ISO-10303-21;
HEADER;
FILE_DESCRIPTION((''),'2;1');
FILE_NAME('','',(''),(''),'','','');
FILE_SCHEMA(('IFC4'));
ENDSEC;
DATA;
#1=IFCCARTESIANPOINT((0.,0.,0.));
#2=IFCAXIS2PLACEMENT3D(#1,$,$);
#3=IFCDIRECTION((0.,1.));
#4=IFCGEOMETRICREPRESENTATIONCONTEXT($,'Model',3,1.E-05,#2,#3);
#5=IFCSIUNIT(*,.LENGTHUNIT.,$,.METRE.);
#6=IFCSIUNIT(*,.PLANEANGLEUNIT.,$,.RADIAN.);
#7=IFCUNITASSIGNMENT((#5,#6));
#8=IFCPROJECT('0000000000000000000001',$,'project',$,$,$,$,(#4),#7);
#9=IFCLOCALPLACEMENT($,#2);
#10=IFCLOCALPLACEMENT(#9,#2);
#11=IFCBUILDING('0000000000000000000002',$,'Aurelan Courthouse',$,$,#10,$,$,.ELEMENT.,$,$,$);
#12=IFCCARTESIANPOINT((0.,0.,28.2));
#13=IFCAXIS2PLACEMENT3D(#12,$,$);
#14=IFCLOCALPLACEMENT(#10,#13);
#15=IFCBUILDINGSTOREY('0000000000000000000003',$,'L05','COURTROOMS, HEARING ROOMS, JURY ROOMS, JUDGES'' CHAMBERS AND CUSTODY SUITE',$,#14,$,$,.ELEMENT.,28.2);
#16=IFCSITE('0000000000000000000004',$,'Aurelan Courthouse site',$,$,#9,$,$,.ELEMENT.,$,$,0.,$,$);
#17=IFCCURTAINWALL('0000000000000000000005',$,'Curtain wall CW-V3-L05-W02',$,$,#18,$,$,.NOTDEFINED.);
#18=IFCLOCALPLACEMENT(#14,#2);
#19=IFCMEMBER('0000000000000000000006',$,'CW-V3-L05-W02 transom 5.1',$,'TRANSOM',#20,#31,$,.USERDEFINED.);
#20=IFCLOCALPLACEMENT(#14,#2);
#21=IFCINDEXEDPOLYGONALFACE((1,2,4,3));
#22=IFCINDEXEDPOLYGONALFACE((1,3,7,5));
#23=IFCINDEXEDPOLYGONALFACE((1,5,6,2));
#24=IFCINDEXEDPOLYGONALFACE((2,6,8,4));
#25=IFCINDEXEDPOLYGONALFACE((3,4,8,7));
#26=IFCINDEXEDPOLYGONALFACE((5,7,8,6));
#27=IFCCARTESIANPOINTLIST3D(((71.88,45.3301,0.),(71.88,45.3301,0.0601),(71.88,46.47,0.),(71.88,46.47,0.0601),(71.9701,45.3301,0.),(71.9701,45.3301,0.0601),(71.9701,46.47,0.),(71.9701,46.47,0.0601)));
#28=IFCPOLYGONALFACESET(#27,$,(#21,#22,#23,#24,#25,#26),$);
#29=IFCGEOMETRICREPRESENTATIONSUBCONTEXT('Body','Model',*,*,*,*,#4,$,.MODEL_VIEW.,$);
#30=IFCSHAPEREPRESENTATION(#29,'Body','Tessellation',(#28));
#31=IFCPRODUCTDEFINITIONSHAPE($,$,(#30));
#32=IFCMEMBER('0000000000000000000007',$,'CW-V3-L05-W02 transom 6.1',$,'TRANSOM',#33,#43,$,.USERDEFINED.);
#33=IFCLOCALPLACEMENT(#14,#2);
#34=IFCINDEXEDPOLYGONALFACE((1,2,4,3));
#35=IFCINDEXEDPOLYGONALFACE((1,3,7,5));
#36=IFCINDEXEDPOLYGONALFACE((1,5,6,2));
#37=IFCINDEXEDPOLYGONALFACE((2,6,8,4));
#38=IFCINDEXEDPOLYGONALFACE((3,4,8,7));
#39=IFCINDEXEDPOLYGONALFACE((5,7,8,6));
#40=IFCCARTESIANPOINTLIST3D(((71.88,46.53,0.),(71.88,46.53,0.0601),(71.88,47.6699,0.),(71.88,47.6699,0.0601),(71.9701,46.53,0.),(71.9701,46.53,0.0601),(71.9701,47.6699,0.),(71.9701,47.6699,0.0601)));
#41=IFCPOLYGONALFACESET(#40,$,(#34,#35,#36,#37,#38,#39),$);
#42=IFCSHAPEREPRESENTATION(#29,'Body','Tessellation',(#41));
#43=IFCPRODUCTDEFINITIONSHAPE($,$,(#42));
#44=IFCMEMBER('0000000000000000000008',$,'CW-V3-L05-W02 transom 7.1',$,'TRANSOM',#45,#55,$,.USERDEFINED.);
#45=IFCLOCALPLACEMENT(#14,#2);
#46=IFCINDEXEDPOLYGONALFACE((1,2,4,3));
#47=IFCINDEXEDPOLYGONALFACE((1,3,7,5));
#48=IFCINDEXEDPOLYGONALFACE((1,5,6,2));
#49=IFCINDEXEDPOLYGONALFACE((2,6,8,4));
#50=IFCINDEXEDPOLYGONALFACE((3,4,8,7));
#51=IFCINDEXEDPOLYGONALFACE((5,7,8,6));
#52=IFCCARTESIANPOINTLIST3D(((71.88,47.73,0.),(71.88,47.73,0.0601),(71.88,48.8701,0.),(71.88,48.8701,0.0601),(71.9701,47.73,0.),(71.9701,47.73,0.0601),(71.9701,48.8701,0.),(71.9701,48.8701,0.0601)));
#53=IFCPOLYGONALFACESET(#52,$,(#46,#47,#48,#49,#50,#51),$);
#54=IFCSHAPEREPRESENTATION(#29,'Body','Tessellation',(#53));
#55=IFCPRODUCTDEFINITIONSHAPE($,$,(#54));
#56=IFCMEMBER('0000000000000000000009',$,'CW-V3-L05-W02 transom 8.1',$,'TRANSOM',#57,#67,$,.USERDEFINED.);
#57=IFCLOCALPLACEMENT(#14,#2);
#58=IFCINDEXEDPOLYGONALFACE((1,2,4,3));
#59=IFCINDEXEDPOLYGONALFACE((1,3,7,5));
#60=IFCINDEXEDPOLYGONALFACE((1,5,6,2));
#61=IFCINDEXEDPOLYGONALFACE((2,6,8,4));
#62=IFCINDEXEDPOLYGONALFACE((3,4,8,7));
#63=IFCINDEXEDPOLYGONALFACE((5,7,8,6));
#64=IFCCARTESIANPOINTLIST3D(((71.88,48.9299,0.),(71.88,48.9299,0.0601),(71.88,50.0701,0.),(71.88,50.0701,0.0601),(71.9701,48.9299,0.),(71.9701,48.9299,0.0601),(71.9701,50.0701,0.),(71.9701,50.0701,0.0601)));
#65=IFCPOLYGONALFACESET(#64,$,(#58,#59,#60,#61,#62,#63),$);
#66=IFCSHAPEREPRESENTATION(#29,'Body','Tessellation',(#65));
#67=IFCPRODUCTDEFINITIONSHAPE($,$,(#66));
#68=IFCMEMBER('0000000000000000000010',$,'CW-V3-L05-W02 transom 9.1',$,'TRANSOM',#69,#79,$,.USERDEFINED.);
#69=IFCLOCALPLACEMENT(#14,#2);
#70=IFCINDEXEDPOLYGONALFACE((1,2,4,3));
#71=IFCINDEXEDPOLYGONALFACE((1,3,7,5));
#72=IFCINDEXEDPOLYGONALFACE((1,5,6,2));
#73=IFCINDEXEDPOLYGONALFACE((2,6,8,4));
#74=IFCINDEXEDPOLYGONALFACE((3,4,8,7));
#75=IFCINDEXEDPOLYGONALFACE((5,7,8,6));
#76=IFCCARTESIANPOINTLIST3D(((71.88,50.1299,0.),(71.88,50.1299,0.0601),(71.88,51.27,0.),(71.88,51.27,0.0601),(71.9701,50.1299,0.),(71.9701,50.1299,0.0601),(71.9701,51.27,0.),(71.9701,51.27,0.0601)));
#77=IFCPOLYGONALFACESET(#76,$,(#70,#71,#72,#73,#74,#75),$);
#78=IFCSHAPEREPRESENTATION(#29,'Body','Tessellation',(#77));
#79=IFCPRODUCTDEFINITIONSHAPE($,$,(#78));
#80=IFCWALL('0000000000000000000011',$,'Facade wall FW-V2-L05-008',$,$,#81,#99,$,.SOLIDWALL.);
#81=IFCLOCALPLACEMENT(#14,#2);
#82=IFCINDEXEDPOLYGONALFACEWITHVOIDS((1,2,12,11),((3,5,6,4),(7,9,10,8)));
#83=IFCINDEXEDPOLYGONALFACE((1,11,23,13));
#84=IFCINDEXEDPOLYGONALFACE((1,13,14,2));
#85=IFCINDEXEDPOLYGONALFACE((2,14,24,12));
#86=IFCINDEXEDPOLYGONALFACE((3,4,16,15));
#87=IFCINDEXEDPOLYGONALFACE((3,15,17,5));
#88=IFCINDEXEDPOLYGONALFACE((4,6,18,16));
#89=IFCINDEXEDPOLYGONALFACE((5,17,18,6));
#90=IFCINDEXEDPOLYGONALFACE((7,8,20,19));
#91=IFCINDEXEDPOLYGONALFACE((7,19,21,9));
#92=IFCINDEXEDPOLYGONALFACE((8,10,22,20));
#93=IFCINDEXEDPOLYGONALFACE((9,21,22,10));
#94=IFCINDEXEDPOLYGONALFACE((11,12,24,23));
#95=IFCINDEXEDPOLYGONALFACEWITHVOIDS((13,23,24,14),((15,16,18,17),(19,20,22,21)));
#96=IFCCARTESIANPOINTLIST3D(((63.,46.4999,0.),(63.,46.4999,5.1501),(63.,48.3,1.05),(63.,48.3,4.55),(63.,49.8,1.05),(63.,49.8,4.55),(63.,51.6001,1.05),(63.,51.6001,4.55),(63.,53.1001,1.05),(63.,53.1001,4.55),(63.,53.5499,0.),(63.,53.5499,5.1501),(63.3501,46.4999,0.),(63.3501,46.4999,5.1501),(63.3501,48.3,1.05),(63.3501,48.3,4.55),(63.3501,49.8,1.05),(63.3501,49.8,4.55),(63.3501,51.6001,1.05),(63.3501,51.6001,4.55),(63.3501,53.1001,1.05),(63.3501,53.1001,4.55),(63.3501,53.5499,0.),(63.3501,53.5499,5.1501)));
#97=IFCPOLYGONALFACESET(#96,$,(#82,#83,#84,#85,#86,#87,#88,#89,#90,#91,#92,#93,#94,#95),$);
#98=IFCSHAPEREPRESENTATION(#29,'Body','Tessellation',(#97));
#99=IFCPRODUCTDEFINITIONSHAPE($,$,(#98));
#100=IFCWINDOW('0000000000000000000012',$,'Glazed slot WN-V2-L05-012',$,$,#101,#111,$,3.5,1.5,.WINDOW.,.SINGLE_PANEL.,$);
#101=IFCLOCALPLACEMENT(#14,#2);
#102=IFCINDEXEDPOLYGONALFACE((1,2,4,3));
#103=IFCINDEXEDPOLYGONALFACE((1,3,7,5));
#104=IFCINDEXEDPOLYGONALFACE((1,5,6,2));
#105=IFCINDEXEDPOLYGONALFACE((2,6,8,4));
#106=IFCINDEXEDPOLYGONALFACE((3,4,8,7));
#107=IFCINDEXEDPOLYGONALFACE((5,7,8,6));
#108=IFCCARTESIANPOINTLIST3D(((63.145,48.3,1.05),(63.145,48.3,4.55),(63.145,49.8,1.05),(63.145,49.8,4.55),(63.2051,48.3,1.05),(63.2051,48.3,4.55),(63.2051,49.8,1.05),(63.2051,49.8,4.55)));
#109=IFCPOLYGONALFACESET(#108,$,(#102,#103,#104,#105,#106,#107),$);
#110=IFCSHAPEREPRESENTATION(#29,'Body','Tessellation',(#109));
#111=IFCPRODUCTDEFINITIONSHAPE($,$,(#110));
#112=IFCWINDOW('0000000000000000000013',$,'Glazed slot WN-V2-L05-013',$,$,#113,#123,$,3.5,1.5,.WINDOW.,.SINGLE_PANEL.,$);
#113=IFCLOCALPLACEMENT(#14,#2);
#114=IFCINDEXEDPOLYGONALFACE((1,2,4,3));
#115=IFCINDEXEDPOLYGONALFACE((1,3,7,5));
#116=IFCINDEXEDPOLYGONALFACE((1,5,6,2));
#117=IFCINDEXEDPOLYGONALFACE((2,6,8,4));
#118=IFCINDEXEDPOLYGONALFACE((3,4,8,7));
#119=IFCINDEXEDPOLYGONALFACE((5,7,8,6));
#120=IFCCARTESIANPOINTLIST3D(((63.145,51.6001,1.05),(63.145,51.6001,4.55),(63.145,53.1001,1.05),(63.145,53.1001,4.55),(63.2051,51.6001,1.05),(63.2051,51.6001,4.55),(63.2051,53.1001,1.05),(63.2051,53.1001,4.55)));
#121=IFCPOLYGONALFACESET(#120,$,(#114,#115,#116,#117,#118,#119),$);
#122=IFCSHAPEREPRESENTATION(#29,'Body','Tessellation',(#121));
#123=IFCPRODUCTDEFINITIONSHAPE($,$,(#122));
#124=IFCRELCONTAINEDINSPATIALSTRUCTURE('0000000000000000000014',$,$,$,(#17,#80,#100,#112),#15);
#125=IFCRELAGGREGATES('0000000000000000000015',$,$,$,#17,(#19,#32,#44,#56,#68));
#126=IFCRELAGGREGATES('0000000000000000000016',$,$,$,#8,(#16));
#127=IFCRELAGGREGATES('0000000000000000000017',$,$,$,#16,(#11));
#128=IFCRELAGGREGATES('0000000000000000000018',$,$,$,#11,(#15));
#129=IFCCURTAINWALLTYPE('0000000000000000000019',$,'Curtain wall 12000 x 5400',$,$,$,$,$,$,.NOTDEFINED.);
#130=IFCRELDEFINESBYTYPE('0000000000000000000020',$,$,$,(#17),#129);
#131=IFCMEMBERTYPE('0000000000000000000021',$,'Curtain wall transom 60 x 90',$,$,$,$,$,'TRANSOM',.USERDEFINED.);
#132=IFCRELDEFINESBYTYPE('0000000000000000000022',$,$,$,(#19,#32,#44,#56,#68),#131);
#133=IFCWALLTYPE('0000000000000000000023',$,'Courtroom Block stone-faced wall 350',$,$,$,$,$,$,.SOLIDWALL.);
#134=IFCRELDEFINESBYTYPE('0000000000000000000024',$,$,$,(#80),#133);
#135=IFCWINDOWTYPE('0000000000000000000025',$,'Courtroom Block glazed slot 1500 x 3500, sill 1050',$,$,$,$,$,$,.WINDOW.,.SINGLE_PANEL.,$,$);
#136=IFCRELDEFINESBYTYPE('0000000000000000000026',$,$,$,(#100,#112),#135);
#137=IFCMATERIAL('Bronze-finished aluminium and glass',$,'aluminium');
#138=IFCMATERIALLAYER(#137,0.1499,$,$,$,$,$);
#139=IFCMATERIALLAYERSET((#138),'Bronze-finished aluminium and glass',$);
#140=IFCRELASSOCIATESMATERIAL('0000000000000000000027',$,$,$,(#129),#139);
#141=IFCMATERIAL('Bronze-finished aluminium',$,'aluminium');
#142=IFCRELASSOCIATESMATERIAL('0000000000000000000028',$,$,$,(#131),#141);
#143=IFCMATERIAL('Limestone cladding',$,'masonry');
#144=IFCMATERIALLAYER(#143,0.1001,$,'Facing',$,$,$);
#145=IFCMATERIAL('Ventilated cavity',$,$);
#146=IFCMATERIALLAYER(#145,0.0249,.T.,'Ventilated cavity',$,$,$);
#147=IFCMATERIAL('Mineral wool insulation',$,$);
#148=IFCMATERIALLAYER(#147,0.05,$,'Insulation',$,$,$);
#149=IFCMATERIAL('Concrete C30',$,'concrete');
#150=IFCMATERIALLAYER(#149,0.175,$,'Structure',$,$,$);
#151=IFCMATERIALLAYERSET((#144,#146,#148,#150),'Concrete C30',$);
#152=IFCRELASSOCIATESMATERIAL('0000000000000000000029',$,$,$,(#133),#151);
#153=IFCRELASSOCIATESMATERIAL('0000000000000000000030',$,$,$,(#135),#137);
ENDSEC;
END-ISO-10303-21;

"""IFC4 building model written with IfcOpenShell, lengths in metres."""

from ifc_helpers import new_model, si_unit, direction, frame, frame_2d, origin, origin_2d, place, context, subcontext, project, spatial, rectangle, extrude, material, layer, layer_set, material_profile, profile_set, type_object, element, fill, aggregate, save


model = new_model("IFC4")

# Units and contexts
model_context = context("Model", 3, precision=1e-05, world=origin(), true_north=direction((0.0, 1.0)))
body_context = subcontext(model_context, "Body", "Model", "MODEL_VIEW")
ifc_project = project(units=[si_unit("LENGTHUNIT", "METRE"), si_unit("PLANEANGLEUNIT", "RADIAN")], contexts=[model_context])

# Site, building, storey
site_placement = place(None, origin())
site = spatial("IfcSite", under=ifc_project, at=site_placement, Name="Aurelan Courthouse site", CompositionType="ELEMENT", RefElevation=0.0)
building_placement = place(site_placement, origin())
building = spatial("IfcBuilding", under=site, at=building_placement, Name="Aurelan Courthouse", CompositionType="ELEMENT")
storey_placement = place(building_placement, frame((0.0, 0.0, 28.2)))
storey = spatial("IfcBuildingStorey", under=building, at=storey_placement, Name="L05", Description="COURTROOMS, HEARING ROOMS, JURY ROOMS, JUDGES' CHAMBERS AND CUSTODY SUITE", CompositionType="ELEMENT", Elevation=28.2)

# Curtain wall
ifc_material_1 = material(Name="Bronze-finished aluminium and glass", Category="aluminium")
ifc_layer_1 = layer(ifc_material_1, 0.1499)
ifc_layer_set_1 = layer_set([ifc_layer_1], Name="Bronze-finished aluminium and glass")
curtain_wall_type_1 = type_object("IfcCurtainWallType", Name="Curtain wall 12000 x 5400", PredefinedType="NOTDEFINED", material=ifc_layer_set_1)
curtain_wall_1_placement = place(storey_placement, origin())
curtain_wall_1 = element("IfcCurtainWall", 1, at=curtain_wall_1_placement, inside=storey, type_object=curtain_wall_type_1, Name="Curtain wall CW-V3-L05-W02", PredefinedType="NOTDEFINED")
ifc_material_2 = material(Name="Bronze-finished aluminium", Category="aluminium")
ifc_material_profile_1 = material_profile(ifc_material_2, rectangle(XDim=0.0901, YDim=0.0601, at=origin_2d()), Name="Bronze transom 60 x 90")
ifc_profile_set_1 = profile_set([ifc_material_profile_1], Name="Bronze-finished aluminium")
member_type_1 = type_object("IfcMemberType", Name="Curtain wall transom 60 x 90", ElementType="TRANSOM", PredefinedType="USERDEFINED", material=ifc_profile_set_1)

# Members
member_1_placement = place(storey_placement, frame((71.925, 45.3301, 0.03), z_axis=(0.0, 1.0, 0.0), x_axis=(-1.0, 0.0, 0.0)))
member_1 = element("IfcMember", 2, at=member_1_placement, type_object=member_type_1, Name="CW-V3-L05-W02 transom 5.1", ObjectType="TRANSOM", PredefinedType="USERDEFINED", context=body_context, shape_type="SweptSolid", body=[
    extrude(rectangle(XDim=0.0901, YDim=0.0601, at=origin_2d()), origin(), (0.0, 0.0, 1.0), 1.1399),
])
member_2_placement = place(storey_placement, frame((71.925, 46.53, 0.03), z_axis=(0.0, 1.0, 0.0), x_axis=(-1.0, 0.0, 0.0)))
member_2 = element("IfcMember", 3, at=member_2_placement, type_object=member_type_1, Name="CW-V3-L05-W02 transom 6.1", ObjectType="TRANSOM", PredefinedType="USERDEFINED", context=body_context, shape_type="SweptSolid", body=[
    extrude(rectangle(XDim=0.0901, YDim=0.0601, at=origin_2d()), origin(), (0.0, 0.0, 1.0), 1.1399),
])
member_3_placement = place(storey_placement, frame((71.925, 47.73, 0.03), z_axis=(0.0, 1.0, 0.0), x_axis=(-1.0, 0.0, 0.0)))
member_3 = element("IfcMember", 4, at=member_3_placement, type_object=member_type_1, Name="CW-V3-L05-W02 transom 7.1", ObjectType="TRANSOM", PredefinedType="USERDEFINED", context=body_context, shape_type="SweptSolid", body=[
    extrude(rectangle(XDim=0.0901, YDim=0.0601, at=origin_2d()), origin(), (0.0, 0.0, 1.0), 1.1401),
])
member_4_placement = place(storey_placement, frame((71.925, 48.9299, 0.03), z_axis=(0.0, 1.0, 0.0), x_axis=(-1.0, 0.0, 0.0)))
member_4 = element("IfcMember", 5, at=member_4_placement, type_object=member_type_1, Name="CW-V3-L05-W02 transom 8.1", ObjectType="TRANSOM", PredefinedType="USERDEFINED", context=body_context, shape_type="SweptSolid", body=[
    extrude(rectangle(XDim=0.0901, YDim=0.0601, at=origin_2d()), origin(), (0.0, 0.0, 1.0), 1.1401),
])
member_5_placement = place(storey_placement, frame((71.925, 50.1299, 0.03), z_axis=(0.0, 1.0, 0.0), x_axis=(-1.0, 0.0, 0.0)))
member_5 = element("IfcMember", 6, at=member_5_placement, type_object=member_type_1, Name="CW-V3-L05-W02 transom 9.1", ObjectType="TRANSOM", PredefinedType="USERDEFINED", context=body_context, shape_type="SweptSolid", body=[
    extrude(rectangle(XDim=0.0901, YDim=0.0601, at=origin_2d()), origin(), (0.0, 0.0, 1.0), 1.1401),
])
aggregate(curtain_wall_1, [member_1, member_2, member_3, member_4, member_5])

# Wall, openings, windows
ifc_material_3 = material(Name="Limestone cladding", Category="masonry")
ifc_layer_2 = layer(ifc_material_3, 0.1001, Name="Facing")
ifc_material_4 = material(Name="Ventilated cavity")
ifc_layer_3 = layer(ifc_material_4, 0.0249, ventilated=True, Name="Ventilated cavity")
ifc_material_5 = material(Name="Mineral wool insulation")
ifc_layer_4 = layer(ifc_material_5, 0.05, Name="Insulation")
ifc_material_6 = material(Name="Concrete C30", Category="concrete")
ifc_layer_5 = layer(ifc_material_6, 0.175, Name="Structure")
ifc_layer_set_2 = layer_set([ifc_layer_2, ifc_layer_3, ifc_layer_4, ifc_layer_5], Name="Concrete C30")
wall_type = type_object("IfcWallType", Name="Courtroom Block stone-faced wall 350", PredefinedType="SOLIDWALL", material=ifc_layer_set_2)
wall_placement = place(storey_placement, frame((63.175, 46.5, 0.0), z_axis=(0.0, 0.0, 1.0), x_axis=(0.0, 1.0, 0.0)))
wall = element("IfcWall", 7, at=wall_placement, inside=storey, type_object=wall_type, Name="Facade wall FW-V2-L05-008", PredefinedType="SOLIDWALL", context=body_context, shape_type="SweptSolid", body=[
    extrude(rectangle(XDim=7.05, YDim=0.3501, at=frame_2d((3.5249, 0.0))), origin(), (0.0, 0.0, 1.0), 5.1501),
])
opening_1_placement = place(wall_placement, frame((1.8, 0.0, 1.05)))
opening_1 = element("IfcOpeningElement", 8, at=opening_1_placement, cuts=wall, PredefinedType="OPENING", context=body_context, shape_type="SweptSolid", body=[
    extrude(rectangle(XDim=1.5, YDim=3.5, at=frame_2d((0.75, 1.75))), frame((0.0, 0.1851, 0.0), z_axis=(0.0, -1.0, 0.0), x_axis=(1.0, 0.0, 0.0)), (0.0, 0.0, 1.0), 0.3701),
])
opening_2_placement = place(wall_placement, frame((5.1001, 0.0, 1.05)))
opening_2 = element("IfcOpeningElement", 9, at=opening_2_placement, cuts=wall, PredefinedType="OPENING", context=body_context, shape_type="SweptSolid", body=[
    extrude(rectangle(XDim=1.5, YDim=3.5, at=frame_2d((0.75, 1.75))), frame((0.0, 0.1851, 0.0), z_axis=(0.0, -1.0, 0.0), x_axis=(1.0, 0.0, 0.0)), (0.0, 0.0, 1.0), 0.3701),
])
window_type = type_object("IfcWindowType", Name="Courtroom Block glazed slot 1500 x 3500, sill 1050", PartitioningType="SINGLE_PANEL", PredefinedType="WINDOW", material=ifc_material_1)
window_1_placement = place(opening_1_placement, origin())
window_1 = element("IfcWindow", 10, at=window_1_placement, inside=storey, type_object=window_type, Name="Glazed slot WN-V2-L05-012", OverallHeight=3.5, OverallWidth=1.5, PartitioningType="SINGLE_PANEL", PredefinedType="WINDOW", context=body_context, shape_type="SweptSolid", body=[
    extrude(rectangle(XDim=1.5, YDim=3.5, at=frame_2d((0.75, 1.75))), frame((0.0, 0.03, 0.0), z_axis=(0.0, -1.0, 0.0), x_axis=(1.0, 0.0, 0.0)), (0.0, 0.0, 1.0), 0.0601),
])
fill(opening_1, window_1)
window_2_placement = place(opening_2_placement, origin())
window_2 = element("IfcWindow", 11, at=window_2_placement, inside=storey, type_object=window_type, Name="Glazed slot WN-V2-L05-013", OverallHeight=3.5, OverallWidth=1.5, PartitioningType="SINGLE_PANEL", PredefinedType="WINDOW", context=body_context, shape_type="SweptSolid", body=[
    extrude(rectangle(XDim=1.5, YDim=3.5, at=frame_2d((0.75, 1.75))), frame((0.0, 0.03, 0.0), z_axis=(0.0, -1.0, 0.0), x_axis=(1.0, 0.0, 0.0)), (0.0, 0.0, 1.0), 0.0601),
])
fill(opening_2, window_2)

save(model, "model.ifc")
